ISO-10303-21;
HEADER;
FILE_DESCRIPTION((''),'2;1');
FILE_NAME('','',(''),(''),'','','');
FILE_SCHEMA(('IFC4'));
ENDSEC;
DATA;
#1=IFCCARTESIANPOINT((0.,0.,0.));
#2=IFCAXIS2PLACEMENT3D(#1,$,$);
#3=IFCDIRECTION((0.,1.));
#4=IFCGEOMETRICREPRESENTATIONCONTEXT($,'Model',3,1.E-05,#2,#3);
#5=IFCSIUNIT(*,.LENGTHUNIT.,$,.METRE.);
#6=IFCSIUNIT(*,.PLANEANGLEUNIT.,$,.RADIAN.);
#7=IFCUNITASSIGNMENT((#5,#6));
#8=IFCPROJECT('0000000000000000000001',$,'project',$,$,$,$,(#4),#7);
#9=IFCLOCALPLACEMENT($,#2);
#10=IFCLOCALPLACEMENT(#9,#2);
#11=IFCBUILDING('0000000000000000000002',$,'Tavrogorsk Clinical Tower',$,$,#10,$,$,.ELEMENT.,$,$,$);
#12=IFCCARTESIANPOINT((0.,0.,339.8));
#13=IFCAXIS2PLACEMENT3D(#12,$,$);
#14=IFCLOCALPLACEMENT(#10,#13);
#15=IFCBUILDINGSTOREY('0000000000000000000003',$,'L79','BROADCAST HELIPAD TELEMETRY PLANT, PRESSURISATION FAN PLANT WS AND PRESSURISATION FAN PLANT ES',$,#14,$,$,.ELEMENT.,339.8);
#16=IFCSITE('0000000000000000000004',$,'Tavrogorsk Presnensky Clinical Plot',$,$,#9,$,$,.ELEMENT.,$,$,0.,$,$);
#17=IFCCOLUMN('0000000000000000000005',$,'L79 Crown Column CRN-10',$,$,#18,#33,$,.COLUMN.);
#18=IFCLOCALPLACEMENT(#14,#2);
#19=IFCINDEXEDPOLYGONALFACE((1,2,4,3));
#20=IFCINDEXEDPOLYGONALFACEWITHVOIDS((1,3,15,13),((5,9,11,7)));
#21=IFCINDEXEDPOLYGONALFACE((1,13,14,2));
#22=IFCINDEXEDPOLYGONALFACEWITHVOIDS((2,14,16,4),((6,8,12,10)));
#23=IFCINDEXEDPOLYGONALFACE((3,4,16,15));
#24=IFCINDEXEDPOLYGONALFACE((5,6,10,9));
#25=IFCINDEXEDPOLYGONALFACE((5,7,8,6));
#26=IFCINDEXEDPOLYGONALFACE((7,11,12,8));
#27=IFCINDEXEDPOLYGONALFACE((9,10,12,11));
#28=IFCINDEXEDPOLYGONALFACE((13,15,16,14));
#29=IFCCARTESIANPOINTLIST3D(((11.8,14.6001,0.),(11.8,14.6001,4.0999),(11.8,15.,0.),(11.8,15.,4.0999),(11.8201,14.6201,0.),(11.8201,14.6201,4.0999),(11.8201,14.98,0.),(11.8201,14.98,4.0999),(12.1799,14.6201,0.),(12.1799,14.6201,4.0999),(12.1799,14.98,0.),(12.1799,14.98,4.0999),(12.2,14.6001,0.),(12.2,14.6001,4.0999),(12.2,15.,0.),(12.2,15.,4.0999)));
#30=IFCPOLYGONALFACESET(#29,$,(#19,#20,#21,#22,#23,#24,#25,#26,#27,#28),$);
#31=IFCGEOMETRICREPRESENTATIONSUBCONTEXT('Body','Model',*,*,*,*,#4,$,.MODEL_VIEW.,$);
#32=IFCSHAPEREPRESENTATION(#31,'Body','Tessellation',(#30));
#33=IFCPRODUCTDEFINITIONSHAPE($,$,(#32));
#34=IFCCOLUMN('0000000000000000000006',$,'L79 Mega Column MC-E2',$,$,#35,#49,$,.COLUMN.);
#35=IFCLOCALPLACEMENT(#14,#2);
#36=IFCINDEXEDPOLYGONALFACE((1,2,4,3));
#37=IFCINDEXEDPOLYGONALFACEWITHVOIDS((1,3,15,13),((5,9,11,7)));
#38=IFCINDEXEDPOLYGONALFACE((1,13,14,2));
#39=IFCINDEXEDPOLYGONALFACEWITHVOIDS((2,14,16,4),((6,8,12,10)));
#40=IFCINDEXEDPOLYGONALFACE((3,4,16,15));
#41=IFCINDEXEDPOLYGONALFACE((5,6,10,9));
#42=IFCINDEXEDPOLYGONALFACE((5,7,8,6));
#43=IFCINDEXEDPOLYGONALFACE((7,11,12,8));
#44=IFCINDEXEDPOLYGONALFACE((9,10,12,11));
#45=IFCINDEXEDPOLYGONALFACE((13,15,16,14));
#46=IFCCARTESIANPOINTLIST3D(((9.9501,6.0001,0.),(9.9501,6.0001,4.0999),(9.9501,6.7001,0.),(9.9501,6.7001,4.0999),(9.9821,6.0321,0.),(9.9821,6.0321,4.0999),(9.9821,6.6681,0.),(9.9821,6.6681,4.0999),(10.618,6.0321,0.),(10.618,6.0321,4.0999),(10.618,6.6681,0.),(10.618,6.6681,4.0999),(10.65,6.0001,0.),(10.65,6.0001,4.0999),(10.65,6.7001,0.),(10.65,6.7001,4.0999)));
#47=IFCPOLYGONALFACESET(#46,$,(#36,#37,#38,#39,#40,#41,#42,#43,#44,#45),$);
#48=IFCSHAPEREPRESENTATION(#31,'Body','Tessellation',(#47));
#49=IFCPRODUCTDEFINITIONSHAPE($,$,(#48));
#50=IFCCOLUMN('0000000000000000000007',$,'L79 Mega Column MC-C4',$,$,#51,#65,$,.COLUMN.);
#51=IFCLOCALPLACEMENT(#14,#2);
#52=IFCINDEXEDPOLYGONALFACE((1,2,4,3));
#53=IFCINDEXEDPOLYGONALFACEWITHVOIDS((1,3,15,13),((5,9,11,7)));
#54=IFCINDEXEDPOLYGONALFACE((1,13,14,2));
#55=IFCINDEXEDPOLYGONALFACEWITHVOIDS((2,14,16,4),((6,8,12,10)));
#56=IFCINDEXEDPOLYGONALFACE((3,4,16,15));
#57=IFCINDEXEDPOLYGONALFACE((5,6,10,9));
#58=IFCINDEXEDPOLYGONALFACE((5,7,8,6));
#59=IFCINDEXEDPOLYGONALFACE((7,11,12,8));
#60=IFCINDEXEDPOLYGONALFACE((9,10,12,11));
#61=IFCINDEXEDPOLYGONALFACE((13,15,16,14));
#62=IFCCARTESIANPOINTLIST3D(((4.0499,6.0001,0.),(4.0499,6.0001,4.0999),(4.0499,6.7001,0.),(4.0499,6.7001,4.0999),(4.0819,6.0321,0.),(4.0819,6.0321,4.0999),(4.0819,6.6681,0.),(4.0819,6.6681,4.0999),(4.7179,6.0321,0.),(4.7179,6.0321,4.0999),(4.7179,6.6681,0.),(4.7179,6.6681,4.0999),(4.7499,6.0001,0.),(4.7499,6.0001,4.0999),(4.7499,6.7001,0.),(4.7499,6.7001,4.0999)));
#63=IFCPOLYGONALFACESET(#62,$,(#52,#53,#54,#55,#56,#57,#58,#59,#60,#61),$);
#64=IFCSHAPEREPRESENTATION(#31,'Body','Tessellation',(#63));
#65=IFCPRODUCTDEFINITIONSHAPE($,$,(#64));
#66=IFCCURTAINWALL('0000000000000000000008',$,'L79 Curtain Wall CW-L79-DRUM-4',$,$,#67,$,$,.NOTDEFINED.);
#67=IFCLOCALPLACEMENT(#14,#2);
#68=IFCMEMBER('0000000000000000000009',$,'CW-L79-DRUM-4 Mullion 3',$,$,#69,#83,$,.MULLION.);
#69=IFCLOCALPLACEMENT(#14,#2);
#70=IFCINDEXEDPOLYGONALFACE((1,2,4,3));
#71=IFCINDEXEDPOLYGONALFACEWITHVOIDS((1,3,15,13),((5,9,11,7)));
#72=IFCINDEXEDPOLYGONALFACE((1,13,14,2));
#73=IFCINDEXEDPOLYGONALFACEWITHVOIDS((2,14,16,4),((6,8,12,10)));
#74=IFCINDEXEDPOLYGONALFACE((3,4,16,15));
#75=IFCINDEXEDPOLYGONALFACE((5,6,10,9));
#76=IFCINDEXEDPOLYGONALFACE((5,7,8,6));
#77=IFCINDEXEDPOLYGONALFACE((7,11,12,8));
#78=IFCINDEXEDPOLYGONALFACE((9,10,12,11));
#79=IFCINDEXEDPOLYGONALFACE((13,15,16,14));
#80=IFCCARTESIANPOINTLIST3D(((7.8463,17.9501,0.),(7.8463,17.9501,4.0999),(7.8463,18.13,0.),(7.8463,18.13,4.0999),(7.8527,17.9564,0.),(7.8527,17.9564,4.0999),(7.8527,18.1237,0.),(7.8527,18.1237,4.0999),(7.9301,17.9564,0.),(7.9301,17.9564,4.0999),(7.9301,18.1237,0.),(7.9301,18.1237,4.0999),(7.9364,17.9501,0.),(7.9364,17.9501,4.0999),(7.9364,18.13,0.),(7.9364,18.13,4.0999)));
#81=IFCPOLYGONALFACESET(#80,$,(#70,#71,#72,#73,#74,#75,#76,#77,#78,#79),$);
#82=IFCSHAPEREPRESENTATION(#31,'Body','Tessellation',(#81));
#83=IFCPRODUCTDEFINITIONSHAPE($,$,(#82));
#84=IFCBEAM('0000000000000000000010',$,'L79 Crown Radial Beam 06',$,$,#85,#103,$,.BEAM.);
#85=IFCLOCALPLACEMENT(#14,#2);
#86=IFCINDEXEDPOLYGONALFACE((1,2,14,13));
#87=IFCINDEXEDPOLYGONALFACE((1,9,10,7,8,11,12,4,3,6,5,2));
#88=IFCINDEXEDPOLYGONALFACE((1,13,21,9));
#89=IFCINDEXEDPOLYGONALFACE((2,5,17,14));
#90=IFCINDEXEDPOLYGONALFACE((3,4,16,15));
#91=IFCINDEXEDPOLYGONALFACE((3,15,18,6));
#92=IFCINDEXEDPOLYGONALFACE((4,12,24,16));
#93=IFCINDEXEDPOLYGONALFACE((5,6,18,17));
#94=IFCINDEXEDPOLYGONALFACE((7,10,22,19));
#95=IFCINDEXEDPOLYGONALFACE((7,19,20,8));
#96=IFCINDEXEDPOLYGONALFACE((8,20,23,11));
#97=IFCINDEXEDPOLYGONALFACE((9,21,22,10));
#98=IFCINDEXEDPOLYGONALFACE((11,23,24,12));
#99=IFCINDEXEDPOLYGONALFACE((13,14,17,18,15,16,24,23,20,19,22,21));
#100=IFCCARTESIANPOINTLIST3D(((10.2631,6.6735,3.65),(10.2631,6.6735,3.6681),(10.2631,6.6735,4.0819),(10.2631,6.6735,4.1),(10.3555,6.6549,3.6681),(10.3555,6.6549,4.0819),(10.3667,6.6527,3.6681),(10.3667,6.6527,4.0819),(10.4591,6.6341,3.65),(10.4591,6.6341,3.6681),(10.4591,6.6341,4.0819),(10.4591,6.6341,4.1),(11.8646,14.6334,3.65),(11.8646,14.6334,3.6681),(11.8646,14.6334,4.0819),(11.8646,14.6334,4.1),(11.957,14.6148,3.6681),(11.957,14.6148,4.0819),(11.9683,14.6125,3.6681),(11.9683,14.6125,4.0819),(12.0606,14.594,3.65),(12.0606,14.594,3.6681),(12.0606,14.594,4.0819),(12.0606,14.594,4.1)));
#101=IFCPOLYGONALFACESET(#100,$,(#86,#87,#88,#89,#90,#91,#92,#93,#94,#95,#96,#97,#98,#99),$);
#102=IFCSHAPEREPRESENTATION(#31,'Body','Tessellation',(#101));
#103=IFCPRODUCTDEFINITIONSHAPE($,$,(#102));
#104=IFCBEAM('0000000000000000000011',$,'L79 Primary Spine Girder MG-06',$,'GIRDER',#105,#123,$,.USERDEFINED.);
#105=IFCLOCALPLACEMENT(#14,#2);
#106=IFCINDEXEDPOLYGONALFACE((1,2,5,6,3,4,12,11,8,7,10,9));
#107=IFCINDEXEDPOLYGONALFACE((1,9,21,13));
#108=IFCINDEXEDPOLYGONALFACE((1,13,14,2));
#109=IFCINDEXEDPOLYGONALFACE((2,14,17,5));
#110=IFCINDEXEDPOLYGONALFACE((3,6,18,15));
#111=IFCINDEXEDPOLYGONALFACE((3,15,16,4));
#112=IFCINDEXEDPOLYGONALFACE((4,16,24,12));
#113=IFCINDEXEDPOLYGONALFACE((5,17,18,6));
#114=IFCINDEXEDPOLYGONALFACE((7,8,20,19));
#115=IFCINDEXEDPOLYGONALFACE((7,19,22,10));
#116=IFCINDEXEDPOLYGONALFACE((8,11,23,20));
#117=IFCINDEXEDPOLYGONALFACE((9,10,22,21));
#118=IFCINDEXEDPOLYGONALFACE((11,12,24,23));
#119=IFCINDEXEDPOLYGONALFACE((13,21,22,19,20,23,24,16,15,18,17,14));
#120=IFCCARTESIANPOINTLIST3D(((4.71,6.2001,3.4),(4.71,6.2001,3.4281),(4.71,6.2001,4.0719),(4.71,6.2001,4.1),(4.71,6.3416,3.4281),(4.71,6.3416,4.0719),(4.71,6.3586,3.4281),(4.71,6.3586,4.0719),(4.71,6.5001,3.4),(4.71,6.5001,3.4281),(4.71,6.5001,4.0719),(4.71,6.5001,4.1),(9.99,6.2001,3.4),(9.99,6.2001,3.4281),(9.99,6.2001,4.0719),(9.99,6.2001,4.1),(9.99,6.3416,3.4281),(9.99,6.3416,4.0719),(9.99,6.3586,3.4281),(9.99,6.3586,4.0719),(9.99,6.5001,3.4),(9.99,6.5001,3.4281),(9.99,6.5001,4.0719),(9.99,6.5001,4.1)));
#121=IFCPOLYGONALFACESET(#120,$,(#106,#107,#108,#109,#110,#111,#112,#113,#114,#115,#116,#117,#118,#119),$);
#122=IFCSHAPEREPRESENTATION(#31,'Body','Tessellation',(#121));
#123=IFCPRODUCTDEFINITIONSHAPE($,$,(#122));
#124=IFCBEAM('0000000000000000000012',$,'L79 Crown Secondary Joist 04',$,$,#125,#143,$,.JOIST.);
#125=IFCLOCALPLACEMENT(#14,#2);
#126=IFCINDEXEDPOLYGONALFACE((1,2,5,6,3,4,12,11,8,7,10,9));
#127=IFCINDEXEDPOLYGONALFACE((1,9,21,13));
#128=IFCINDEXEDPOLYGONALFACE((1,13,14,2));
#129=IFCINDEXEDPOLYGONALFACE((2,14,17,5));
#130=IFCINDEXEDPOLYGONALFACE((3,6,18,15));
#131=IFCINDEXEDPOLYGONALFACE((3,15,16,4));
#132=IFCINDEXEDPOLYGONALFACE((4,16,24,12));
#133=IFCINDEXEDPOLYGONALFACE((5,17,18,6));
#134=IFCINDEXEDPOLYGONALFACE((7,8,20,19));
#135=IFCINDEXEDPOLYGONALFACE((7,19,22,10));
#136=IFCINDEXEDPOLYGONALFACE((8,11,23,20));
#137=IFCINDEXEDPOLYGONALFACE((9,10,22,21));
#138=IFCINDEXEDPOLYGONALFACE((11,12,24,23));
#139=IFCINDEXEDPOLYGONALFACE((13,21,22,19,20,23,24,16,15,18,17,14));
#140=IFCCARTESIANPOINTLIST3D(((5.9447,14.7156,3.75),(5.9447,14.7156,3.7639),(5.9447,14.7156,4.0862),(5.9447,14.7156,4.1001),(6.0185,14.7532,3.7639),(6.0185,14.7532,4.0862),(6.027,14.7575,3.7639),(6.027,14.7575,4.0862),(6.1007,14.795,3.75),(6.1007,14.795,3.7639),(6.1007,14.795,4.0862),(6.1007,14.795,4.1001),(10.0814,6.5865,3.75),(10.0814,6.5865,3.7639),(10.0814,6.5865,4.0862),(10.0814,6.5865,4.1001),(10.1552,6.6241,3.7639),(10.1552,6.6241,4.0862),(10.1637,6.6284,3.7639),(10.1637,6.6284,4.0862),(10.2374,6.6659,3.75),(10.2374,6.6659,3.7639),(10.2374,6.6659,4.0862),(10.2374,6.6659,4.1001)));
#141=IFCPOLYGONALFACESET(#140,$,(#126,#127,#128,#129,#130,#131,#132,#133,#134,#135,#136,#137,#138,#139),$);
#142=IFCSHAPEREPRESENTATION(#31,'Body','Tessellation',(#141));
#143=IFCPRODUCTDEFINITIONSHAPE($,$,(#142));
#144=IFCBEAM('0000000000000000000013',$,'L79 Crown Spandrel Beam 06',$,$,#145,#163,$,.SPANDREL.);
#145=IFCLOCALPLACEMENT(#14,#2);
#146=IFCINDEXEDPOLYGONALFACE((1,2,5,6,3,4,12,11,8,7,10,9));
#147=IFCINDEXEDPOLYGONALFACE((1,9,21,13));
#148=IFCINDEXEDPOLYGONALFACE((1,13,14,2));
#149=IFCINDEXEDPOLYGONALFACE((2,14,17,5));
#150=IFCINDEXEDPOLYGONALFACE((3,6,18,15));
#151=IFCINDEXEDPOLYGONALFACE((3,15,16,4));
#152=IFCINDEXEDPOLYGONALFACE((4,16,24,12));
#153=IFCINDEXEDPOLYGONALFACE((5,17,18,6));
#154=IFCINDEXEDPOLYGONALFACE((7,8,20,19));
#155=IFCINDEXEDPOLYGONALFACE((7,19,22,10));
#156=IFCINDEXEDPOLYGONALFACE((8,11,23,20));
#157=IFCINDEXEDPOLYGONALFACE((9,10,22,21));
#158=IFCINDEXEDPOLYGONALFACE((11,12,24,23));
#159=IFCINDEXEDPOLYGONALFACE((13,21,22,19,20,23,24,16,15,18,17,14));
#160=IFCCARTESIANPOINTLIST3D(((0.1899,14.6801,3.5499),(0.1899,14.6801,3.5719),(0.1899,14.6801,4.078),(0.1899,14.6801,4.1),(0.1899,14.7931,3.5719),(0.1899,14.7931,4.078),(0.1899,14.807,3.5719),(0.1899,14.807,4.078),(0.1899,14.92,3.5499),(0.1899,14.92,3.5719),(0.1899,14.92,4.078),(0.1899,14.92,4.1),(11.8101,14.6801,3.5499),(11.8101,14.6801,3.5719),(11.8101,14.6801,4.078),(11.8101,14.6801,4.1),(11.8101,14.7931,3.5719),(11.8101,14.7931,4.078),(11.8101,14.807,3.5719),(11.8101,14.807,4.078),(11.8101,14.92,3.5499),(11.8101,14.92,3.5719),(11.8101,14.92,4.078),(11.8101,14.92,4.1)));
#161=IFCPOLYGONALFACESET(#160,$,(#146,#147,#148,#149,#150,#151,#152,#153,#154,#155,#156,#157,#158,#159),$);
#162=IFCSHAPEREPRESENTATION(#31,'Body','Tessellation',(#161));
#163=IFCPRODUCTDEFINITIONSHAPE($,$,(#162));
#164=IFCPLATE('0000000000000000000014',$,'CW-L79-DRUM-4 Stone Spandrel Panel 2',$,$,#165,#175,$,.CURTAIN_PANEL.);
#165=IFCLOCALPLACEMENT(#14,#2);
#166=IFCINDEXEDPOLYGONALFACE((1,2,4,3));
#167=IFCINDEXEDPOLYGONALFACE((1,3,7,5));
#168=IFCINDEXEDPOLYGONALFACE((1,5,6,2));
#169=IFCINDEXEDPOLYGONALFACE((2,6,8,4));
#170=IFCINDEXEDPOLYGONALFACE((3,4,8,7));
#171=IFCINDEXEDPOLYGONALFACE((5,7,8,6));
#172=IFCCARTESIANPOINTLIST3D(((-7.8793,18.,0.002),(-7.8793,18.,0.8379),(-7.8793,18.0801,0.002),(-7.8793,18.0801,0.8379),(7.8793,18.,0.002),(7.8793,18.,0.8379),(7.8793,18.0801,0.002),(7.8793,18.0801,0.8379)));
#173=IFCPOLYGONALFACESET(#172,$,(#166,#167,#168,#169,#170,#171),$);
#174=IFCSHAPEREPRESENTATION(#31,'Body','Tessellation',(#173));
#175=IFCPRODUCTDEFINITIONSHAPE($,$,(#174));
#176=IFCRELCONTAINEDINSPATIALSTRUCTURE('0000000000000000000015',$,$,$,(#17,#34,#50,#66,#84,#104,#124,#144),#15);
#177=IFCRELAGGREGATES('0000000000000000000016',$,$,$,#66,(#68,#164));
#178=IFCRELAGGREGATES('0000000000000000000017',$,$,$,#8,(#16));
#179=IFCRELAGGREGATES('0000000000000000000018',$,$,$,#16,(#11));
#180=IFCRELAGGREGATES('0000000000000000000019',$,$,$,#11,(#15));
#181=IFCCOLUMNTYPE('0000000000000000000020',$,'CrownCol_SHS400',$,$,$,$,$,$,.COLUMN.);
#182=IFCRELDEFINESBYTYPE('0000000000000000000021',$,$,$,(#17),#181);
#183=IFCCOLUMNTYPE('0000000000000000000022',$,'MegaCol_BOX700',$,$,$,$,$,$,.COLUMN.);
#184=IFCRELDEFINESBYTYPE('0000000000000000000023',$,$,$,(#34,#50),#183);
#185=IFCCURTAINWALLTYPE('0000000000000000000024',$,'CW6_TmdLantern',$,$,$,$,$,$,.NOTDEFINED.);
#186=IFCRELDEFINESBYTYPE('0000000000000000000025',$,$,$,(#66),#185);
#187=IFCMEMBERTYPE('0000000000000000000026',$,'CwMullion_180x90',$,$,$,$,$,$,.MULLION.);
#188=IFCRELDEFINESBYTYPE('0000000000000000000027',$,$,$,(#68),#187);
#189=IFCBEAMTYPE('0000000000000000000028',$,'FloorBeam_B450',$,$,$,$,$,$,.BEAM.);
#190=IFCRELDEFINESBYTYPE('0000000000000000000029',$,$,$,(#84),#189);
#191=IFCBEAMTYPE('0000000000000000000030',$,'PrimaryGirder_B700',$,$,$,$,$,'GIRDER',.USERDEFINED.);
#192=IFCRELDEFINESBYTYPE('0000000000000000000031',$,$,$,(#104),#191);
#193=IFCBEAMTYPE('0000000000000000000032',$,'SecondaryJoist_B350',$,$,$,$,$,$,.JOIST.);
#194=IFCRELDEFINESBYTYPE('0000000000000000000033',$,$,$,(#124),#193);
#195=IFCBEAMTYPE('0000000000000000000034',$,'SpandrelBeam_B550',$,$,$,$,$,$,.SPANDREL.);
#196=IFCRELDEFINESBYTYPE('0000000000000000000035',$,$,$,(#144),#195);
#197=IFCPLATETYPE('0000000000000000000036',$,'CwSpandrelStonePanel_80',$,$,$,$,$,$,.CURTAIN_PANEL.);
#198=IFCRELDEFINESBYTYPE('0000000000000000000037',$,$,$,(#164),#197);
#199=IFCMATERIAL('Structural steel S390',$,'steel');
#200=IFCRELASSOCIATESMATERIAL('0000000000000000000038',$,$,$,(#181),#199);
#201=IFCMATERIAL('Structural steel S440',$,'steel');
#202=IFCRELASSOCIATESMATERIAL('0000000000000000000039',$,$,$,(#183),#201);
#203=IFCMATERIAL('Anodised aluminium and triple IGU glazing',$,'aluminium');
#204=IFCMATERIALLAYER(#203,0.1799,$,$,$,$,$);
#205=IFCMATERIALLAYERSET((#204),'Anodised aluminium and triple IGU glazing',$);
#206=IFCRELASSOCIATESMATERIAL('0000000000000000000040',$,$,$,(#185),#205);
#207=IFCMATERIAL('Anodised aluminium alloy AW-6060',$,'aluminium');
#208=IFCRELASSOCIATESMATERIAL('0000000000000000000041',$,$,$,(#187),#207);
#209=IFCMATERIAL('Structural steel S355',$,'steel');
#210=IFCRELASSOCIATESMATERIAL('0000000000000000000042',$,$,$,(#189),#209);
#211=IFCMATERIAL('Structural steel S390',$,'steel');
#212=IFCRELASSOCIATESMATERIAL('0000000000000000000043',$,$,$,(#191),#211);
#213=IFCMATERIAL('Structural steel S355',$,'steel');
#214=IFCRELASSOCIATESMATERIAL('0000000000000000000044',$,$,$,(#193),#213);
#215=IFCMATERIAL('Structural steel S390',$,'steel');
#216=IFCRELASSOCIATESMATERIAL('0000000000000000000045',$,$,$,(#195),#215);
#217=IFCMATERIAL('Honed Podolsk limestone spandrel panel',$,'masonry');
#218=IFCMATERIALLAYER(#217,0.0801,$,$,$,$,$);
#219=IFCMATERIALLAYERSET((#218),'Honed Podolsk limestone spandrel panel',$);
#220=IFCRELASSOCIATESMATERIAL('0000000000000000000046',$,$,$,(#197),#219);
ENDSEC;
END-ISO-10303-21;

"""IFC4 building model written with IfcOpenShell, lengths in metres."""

from ifc_helpers import new_model, si_unit, direction, frame, origin, origin_2d, place, context, subcontext, project, spatial, rectangle, hollow_rectangle, i_section, extrude, material, layer, layer_set, material_profile, profile_set, type_object, element, aggregate, save


model = new_model("IFC4")

# Units and contexts
model_context = context("Model", 3, precision=1e-05, world=origin(), true_north=direction((0.0, 1.0)))
body_context = subcontext(model_context, "Body", "Model", "MODEL_VIEW")
ifc_project = project(units=[si_unit("LENGTHUNIT", "METRE"), si_unit("PLANEANGLEUNIT", "RADIAN")], contexts=[model_context])

# Site, building, storey
site_placement = place(None, origin())
site = spatial("IfcSite", under=ifc_project, at=site_placement, Name="Tavrogorsk Presnensky Clinical Plot", CompositionType="ELEMENT", RefElevation=0.0)
building_placement = place(site_placement, origin())
building = spatial("IfcBuilding", under=site, at=building_placement, Name="Tavrogorsk Clinical Tower", CompositionType="ELEMENT")
storey_placement = place(building_placement, frame((0.0, 0.0, 339.8)))
storey = spatial("IfcBuildingStorey", under=building, at=storey_placement, Name="L79", Description="BROADCAST HELIPAD TELEMETRY PLANT, PRESSURISATION FAN PLANT WS AND PRESSURISATION FAN PLANT ES", CompositionType="ELEMENT", Elevation=339.8)

# Columns
ifc_material_1 = material(Name="Structural steel S390", Category="steel")
ifc_material_profile_1 = material_profile(ifc_material_1, hollow_rectangle(XDim=0.3999, YDim=0.3999, WallThickness=0.02, at=origin_2d()), Name="SHS-400x400x20")
ifc_profile_set_1 = profile_set([ifc_material_profile_1], Name="Structural steel S390")
column_type_1 = type_object("IfcColumnType", Name="CrownCol_SHS400", PredefinedType="COLUMN", material=ifc_profile_set_1)
column_placement = place(storey_placement, frame((12.0, 14.8, 0.0), z_axis=(0.0, 0.0, 1.0), x_axis=(1.0, 0.0, 0.0)))
element("IfcColumn", 1, at=column_placement, inside=storey, type_object=column_type_1, Name="L79 Crown Column CRN-10", PredefinedType="COLUMN", context=body_context, shape_type="SweptSolid", body=[
    extrude(hollow_rectangle(XDim=0.3999, YDim=0.3999, WallThickness=0.02, at=origin_2d()), origin(), (0.0, 0.0, 1.0), 4.0999),
])
ifc_material_2 = material(Name="Structural steel S440", Category="steel")
ifc_material_profile_2 = material_profile(ifc_material_2, hollow_rectangle(XDim=0.7, YDim=0.7, WallThickness=0.032, at=origin_2d()), Name="BOX-700x700x32")
ifc_profile_set_2 = profile_set([ifc_material_profile_2], Name="Structural steel S440")
column_type_2 = type_object("IfcColumnType", Name="MegaCol_BOX700", PredefinedType="COLUMN", material=ifc_profile_set_2)
for number, where, z_axis, x_axis, name in (
    (2, (10.3, 6.3501, 0.0), (0.0, 0.0, 1.0), (1.0, 0.0, 0.0), "L79 Mega Column MC-E2"),
    (3, (4.3999, 6.3501, 0.0), (0.0, 0.0, 1.0), (1.0, 0.0, 0.0), "L79 Mega Column MC-C4"),
):
    element("IfcColumn", number, at=place(storey_placement, frame(where, z_axis=z_axis, x_axis=x_axis)), inside=storey, type_object=column_type_2, Name=name, PredefinedType="COLUMN", context=body_context, shape_type="SweptSolid", body=[
        extrude(hollow_rectangle(XDim=0.7, YDim=0.7, WallThickness=0.032, at=origin_2d()), origin(), (0.0, 0.0, 1.0), 4.0999),
    ])

# Curtain wall, member
ifc_material_3 = material(Name="Anodised aluminium and triple IGU glazing", Category="aluminium")
ifc_layer_1 = layer(ifc_material_3, 0.1799)
ifc_layer_set_1 = layer_set([ifc_layer_1], Name="Anodised aluminium and triple IGU glazing")
curtain_wall_type = type_object("IfcCurtainWallType", Name="CW6_TmdLantern", PredefinedType="NOTDEFINED", material=ifc_layer_set_1)
curtain_wall_placement = place(storey_placement, origin())
curtain_wall = element("IfcCurtainWall", 4, at=curtain_wall_placement, inside=storey, type_object=curtain_wall_type, Name="L79 Curtain Wall CW-L79-DRUM-4", PredefinedType="NOTDEFINED")
ifc_material_4 = material(Name="Anodised aluminium alloy AW-6060", Category="aluminium")
ifc_material_profile_3 = material_profile(ifc_material_4, hollow_rectangle(XDim=0.0901, YDim=0.1799, WallThickness=0.0063, at=origin_2d()), Name="RHS-180x90x6.3")
ifc_profile_set_3 = profile_set([ifc_material_profile_3], Name="Anodised aluminium alloy AW-6060")
member_type = type_object("IfcMemberType", Name="CwMullion_180x90", PredefinedType="MULLION", material=ifc_profile_set_3)
member_placement = place(storey_placement, frame((7.8914, 18.04, 0.0), z_axis=(0.0, 0.0, 1.0), x_axis=(1.0, 0.0, 0.0)))
member = element("IfcMember", 5, at=member_placement, type_object=member_type, Name="CW-L79-DRUM-4 Mullion 3", PredefinedType="MULLION", context=body_context, shape_type="SweptSolid", body=[
    extrude(hollow_rectangle(XDim=0.0901, YDim=0.1799, WallThickness=0.0063, at=origin_2d()), origin(), (0.0, 0.0, 1.0), 4.0999),
])

# Beams
ifc_material_5 = material(Name="Structural steel S355", Category="steel")
ifc_material_profile_4 = material_profile(ifc_material_5, i_section(OverallWidth=0.2, OverallDepth=0.45, WebThickness=0.0115, FlangeThickness=0.0181, at=origin_2d()), Name="B-450x200x11.5x18")
ifc_profile_set_4 = profile_set([ifc_material_profile_4], Name="Structural steel S355")
beam_type_1 = type_object("IfcBeamType", Name="FloorBeam_B450", PredefinedType="BEAM", material=ifc_profile_set_4)
beam_1_placement = place(storey_placement, frame((10.3611, 6.6538, 3.875), z_axis=(0.197249, 0.980353, 0.0), x_axis=(-0.980353, 0.197249, 0.0)))
element("IfcBeam", 6, at=beam_1_placement, inside=storey, type_object=beam_type_1, Name="L79 Crown Radial Beam 06", PredefinedType="BEAM", context=body_context, shape_type="SweptSolid", body=[
    extrude(i_section(OverallWidth=0.2, OverallDepth=0.45, WebThickness=0.0115, FlangeThickness=0.0181, at=origin_2d()), origin(), (0.0, 0.0, 1.0), 8.1194),
])
ifc_material_6 = material(Name="Structural steel S390", Category="steel")
ifc_material_profile_5 = material_profile(ifc_material_6, i_section(OverallWidth=0.3, OverallDepth=0.7, WebThickness=0.0171, FlangeThickness=0.0281, at=origin_2d()), Name="B-700x300x17x28")
ifc_profile_set_5 = profile_set([ifc_material_profile_5], Name="Structural steel S390")
beam_type_2 = type_object("IfcBeamType", Name="PrimaryGirder_B700", ElementType="GIRDER", PredefinedType="USERDEFINED", material=ifc_profile_set_5)
beam_2_placement = place(storey_placement, frame((4.71, 6.3501, 3.75), z_axis=(1.0, 0.0, 0.0), x_axis=(0.0, 1.0, 0.0)))
element("IfcBeam", 7, at=beam_2_placement, inside=storey, type_object=beam_type_2, Name="L79 Primary Spine Girder MG-06", ObjectType="GIRDER", PredefinedType="USERDEFINED", context=body_context, shape_type="SweptSolid", body=[
    extrude(i_section(OverallWidth=0.3, OverallDepth=0.7, WebThickness=0.0171, FlangeThickness=0.0281, at=origin_2d()), origin(), (0.0, 0.0, 1.0), 5.28),
])
ifc_material_7 = material(Name="Structural steel S355", Category="steel")
ifc_material_profile_6 = material_profile(ifc_material_7, i_section(OverallWidth=0.175, OverallDepth=0.3501, WebThickness=0.0095, FlangeThickness=0.0139, at=origin_2d()), Name="B-350x175x9.5x14")
ifc_profile_set_6 = profile_set([ifc_material_profile_6], Name="Structural steel S355")
beam_type_3 = type_object("IfcBeamType", Name="SecondaryJoist_B350", PredefinedType="JOIST", material=ifc_profile_set_6)
beam_3_placement = place(storey_placement, frame((10.1594, 6.6262, 3.925), z_axis=(-0.45353, 0.891241, 0.0), x_axis=(-0.891241, -0.45353, 0.0)))
element("IfcBeam", 8, at=beam_3_placement, inside=storey, type_object=beam_type_3, Name="L79 Crown Secondary Joist 04", PredefinedType="JOIST", context=body_context, shape_type="SweptSolid", body=[
    extrude(i_section(OverallWidth=0.175, OverallDepth=0.3501, WebThickness=0.0095, FlangeThickness=0.0139, at=origin_2d()), origin(), (0.0, 0.0, 1.0), 9.1211),
])
ifc_material_8 = material(Name="Structural steel S390", Category="steel")
ifc_material_profile_7 = material_profile(ifc_material_8, i_section(OverallWidth=0.24, OverallDepth=0.55, WebThickness=0.0139, FlangeThickness=0.022, at=origin_2d()), Name="B-550x240x14x22")
ifc_profile_set_7 = profile_set([ifc_material_profile_7], Name="Structural steel S390")
beam_type_4 = type_object("IfcBeamType", Name="SpandrelBeam_B550", PredefinedType="SPANDREL", material=ifc_profile_set_7)
beam_4_placement = place(storey_placement, frame((11.8101, 14.8, 3.825), z_axis=(-1.0, 0.0, 0.0), x_axis=(0.0, -1.0, 0.0)))
element("IfcBeam", 9, at=beam_4_placement, inside=storey, type_object=beam_type_4, Name="L79 Crown Spandrel Beam 06", PredefinedType="SPANDREL", context=body_context, shape_type="SweptSolid", body=[
    extrude(i_section(OverallWidth=0.24, OverallDepth=0.55, WebThickness=0.0139, FlangeThickness=0.022, at=origin_2d()), origin(), (0.0, 0.0, 1.0), 11.6201),
])

# Plate
ifc_material_9 = material(Name="Honed Podolsk limestone spandrel panel", Category="masonry")
ifc_layer_2 = layer(ifc_material_9, 0.0801)
ifc_layer_set_2 = layer_set([ifc_layer_2], Name="Honed Podolsk limestone spandrel panel")
plate_type_1 = type_object("IfcPlateType", Name="CwSpandrelStonePanel_80", PredefinedType="CURTAIN_PANEL", material=ifc_layer_set_2)
plate_1_placement = place(storey_placement, frame((0.0, 18.04, 0.002), z_axis=(0.0, 0.0, 1.0), x_axis=(1.0, 0.0, 0.0)))
plate_1 = element("IfcPlate", 10, at=plate_1_placement, type_object=plate_type_1, Name="CW-L79-DRUM-4 Stone Spandrel Panel 2", PredefinedType="CURTAIN_PANEL", context=body_context, shape_type="SweptSolid", body=[
    extrude(rectangle(XDim=15.7585, YDim=0.0801, at=origin_2d()), origin(), (0.0, 0.0, 1.0), 0.8359),
])
aggregate(curtain_wall, [member, plate_1])

save(model, "model.ifc")
